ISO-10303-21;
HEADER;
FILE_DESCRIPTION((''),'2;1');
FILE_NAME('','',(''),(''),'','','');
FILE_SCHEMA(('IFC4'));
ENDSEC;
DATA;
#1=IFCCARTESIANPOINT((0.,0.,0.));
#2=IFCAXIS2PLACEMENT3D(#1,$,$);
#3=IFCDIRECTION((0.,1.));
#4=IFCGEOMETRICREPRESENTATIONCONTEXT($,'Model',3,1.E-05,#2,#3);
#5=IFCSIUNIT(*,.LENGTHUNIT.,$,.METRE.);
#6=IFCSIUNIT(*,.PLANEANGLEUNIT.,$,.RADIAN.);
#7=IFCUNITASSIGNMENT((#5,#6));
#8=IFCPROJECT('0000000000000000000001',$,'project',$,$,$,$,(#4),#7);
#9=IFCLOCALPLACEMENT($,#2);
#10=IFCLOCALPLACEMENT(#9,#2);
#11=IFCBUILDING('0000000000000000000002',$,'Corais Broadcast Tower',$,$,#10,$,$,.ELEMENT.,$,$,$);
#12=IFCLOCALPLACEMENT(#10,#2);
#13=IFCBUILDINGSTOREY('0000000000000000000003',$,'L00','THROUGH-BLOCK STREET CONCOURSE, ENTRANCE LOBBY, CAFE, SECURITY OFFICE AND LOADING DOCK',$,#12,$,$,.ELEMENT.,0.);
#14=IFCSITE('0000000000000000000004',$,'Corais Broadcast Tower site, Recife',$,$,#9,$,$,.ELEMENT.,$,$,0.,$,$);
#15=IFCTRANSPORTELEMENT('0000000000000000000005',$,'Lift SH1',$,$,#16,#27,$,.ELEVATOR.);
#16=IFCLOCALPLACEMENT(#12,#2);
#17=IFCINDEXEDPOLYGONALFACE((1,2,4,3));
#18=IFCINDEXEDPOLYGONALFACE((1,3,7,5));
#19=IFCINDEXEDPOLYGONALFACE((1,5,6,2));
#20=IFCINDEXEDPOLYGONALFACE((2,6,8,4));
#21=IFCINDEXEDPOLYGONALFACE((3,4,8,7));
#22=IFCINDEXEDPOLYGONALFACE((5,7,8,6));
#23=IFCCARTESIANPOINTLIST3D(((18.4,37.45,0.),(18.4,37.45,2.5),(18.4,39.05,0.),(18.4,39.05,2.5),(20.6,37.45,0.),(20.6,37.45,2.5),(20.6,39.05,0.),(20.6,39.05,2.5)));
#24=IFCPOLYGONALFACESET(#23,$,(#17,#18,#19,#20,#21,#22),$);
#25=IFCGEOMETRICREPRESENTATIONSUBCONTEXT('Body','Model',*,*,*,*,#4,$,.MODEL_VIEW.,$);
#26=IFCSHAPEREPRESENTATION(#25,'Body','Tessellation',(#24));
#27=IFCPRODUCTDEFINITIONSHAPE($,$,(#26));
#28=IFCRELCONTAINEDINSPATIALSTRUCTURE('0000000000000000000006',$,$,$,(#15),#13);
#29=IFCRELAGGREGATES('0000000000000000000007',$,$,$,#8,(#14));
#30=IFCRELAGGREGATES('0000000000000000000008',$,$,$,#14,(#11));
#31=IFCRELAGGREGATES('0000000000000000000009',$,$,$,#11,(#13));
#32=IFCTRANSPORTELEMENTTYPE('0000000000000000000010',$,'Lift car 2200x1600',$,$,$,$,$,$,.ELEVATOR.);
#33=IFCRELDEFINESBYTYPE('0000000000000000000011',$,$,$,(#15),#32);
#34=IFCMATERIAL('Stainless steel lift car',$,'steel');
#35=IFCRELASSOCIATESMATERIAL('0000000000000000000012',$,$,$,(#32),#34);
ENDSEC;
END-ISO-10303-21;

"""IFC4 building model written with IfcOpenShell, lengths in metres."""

from ifc_helpers import new_model, si_unit, direction, frame, origin, origin_2d, place, context, subcontext, project, spatial, rectangle, extrude, material, type_object, element, save


model = new_model("IFC4")

# Units and contexts
model_context = context("Model", 3, precision=1e-05, world=origin(), true_north=direction((0.0, 1.0)))
body_context = subcontext(model_context, "Body", "Model", "MODEL_VIEW")
ifc_project = project(units=[si_unit("LENGTHUNIT", "METRE"), si_unit("PLANEANGLEUNIT", "RADIAN")], contexts=[model_context])

# Site, building, storey
site_placement = place(None, origin())
site = spatial("IfcSite", under=ifc_project, at=site_placement, Name="Corais Broadcast Tower site, Recife", CompositionType="ELEMENT", RefElevation=0.0)
building_placement = place(site_placement, origin())
building = spatial("IfcBuilding", under=site, at=building_placement, Name="Corais Broadcast Tower", CompositionType="ELEMENT")
storey_placement = place(building_placement, origin())
storey = spatial("IfcBuildingStorey", under=building, at=storey_placement, Name="L00", Description="THROUGH-BLOCK STREET CONCOURSE, ENTRANCE LOBBY, CAFE, SECURITY OFFICE AND LOADING DOCK", CompositionType="ELEMENT", Elevation=0.0)

# Transport element
ifc_material_1 = material(Name="Stainless steel lift car", Category="steel")
transport_element_type = type_object("IfcTransportElementType", Name="Lift car 2200x1600", PredefinedType="ELEVATOR", material=ifc_material_1)
transport_element_placement = place(storey_placement, frame((19.5, 38.25, 0.0), z_axis=(0.0, 0.0, 1.0), x_axis=(1.0, 0.0, 0.0)))
element("IfcTransportElement", 1, at=transport_element_placement, inside=storey, type_object=transport_element_type, Name="Lift SH1", PredefinedType="ELEVATOR", context=body_context, shape_type="SweptSolid", body=[
    extrude(rectangle(XDim=2.2, YDim=1.6001, at=origin_2d()), origin(), (0.0, 0.0, 1.0), 2.5),
])

save(model, "model.ifc")
